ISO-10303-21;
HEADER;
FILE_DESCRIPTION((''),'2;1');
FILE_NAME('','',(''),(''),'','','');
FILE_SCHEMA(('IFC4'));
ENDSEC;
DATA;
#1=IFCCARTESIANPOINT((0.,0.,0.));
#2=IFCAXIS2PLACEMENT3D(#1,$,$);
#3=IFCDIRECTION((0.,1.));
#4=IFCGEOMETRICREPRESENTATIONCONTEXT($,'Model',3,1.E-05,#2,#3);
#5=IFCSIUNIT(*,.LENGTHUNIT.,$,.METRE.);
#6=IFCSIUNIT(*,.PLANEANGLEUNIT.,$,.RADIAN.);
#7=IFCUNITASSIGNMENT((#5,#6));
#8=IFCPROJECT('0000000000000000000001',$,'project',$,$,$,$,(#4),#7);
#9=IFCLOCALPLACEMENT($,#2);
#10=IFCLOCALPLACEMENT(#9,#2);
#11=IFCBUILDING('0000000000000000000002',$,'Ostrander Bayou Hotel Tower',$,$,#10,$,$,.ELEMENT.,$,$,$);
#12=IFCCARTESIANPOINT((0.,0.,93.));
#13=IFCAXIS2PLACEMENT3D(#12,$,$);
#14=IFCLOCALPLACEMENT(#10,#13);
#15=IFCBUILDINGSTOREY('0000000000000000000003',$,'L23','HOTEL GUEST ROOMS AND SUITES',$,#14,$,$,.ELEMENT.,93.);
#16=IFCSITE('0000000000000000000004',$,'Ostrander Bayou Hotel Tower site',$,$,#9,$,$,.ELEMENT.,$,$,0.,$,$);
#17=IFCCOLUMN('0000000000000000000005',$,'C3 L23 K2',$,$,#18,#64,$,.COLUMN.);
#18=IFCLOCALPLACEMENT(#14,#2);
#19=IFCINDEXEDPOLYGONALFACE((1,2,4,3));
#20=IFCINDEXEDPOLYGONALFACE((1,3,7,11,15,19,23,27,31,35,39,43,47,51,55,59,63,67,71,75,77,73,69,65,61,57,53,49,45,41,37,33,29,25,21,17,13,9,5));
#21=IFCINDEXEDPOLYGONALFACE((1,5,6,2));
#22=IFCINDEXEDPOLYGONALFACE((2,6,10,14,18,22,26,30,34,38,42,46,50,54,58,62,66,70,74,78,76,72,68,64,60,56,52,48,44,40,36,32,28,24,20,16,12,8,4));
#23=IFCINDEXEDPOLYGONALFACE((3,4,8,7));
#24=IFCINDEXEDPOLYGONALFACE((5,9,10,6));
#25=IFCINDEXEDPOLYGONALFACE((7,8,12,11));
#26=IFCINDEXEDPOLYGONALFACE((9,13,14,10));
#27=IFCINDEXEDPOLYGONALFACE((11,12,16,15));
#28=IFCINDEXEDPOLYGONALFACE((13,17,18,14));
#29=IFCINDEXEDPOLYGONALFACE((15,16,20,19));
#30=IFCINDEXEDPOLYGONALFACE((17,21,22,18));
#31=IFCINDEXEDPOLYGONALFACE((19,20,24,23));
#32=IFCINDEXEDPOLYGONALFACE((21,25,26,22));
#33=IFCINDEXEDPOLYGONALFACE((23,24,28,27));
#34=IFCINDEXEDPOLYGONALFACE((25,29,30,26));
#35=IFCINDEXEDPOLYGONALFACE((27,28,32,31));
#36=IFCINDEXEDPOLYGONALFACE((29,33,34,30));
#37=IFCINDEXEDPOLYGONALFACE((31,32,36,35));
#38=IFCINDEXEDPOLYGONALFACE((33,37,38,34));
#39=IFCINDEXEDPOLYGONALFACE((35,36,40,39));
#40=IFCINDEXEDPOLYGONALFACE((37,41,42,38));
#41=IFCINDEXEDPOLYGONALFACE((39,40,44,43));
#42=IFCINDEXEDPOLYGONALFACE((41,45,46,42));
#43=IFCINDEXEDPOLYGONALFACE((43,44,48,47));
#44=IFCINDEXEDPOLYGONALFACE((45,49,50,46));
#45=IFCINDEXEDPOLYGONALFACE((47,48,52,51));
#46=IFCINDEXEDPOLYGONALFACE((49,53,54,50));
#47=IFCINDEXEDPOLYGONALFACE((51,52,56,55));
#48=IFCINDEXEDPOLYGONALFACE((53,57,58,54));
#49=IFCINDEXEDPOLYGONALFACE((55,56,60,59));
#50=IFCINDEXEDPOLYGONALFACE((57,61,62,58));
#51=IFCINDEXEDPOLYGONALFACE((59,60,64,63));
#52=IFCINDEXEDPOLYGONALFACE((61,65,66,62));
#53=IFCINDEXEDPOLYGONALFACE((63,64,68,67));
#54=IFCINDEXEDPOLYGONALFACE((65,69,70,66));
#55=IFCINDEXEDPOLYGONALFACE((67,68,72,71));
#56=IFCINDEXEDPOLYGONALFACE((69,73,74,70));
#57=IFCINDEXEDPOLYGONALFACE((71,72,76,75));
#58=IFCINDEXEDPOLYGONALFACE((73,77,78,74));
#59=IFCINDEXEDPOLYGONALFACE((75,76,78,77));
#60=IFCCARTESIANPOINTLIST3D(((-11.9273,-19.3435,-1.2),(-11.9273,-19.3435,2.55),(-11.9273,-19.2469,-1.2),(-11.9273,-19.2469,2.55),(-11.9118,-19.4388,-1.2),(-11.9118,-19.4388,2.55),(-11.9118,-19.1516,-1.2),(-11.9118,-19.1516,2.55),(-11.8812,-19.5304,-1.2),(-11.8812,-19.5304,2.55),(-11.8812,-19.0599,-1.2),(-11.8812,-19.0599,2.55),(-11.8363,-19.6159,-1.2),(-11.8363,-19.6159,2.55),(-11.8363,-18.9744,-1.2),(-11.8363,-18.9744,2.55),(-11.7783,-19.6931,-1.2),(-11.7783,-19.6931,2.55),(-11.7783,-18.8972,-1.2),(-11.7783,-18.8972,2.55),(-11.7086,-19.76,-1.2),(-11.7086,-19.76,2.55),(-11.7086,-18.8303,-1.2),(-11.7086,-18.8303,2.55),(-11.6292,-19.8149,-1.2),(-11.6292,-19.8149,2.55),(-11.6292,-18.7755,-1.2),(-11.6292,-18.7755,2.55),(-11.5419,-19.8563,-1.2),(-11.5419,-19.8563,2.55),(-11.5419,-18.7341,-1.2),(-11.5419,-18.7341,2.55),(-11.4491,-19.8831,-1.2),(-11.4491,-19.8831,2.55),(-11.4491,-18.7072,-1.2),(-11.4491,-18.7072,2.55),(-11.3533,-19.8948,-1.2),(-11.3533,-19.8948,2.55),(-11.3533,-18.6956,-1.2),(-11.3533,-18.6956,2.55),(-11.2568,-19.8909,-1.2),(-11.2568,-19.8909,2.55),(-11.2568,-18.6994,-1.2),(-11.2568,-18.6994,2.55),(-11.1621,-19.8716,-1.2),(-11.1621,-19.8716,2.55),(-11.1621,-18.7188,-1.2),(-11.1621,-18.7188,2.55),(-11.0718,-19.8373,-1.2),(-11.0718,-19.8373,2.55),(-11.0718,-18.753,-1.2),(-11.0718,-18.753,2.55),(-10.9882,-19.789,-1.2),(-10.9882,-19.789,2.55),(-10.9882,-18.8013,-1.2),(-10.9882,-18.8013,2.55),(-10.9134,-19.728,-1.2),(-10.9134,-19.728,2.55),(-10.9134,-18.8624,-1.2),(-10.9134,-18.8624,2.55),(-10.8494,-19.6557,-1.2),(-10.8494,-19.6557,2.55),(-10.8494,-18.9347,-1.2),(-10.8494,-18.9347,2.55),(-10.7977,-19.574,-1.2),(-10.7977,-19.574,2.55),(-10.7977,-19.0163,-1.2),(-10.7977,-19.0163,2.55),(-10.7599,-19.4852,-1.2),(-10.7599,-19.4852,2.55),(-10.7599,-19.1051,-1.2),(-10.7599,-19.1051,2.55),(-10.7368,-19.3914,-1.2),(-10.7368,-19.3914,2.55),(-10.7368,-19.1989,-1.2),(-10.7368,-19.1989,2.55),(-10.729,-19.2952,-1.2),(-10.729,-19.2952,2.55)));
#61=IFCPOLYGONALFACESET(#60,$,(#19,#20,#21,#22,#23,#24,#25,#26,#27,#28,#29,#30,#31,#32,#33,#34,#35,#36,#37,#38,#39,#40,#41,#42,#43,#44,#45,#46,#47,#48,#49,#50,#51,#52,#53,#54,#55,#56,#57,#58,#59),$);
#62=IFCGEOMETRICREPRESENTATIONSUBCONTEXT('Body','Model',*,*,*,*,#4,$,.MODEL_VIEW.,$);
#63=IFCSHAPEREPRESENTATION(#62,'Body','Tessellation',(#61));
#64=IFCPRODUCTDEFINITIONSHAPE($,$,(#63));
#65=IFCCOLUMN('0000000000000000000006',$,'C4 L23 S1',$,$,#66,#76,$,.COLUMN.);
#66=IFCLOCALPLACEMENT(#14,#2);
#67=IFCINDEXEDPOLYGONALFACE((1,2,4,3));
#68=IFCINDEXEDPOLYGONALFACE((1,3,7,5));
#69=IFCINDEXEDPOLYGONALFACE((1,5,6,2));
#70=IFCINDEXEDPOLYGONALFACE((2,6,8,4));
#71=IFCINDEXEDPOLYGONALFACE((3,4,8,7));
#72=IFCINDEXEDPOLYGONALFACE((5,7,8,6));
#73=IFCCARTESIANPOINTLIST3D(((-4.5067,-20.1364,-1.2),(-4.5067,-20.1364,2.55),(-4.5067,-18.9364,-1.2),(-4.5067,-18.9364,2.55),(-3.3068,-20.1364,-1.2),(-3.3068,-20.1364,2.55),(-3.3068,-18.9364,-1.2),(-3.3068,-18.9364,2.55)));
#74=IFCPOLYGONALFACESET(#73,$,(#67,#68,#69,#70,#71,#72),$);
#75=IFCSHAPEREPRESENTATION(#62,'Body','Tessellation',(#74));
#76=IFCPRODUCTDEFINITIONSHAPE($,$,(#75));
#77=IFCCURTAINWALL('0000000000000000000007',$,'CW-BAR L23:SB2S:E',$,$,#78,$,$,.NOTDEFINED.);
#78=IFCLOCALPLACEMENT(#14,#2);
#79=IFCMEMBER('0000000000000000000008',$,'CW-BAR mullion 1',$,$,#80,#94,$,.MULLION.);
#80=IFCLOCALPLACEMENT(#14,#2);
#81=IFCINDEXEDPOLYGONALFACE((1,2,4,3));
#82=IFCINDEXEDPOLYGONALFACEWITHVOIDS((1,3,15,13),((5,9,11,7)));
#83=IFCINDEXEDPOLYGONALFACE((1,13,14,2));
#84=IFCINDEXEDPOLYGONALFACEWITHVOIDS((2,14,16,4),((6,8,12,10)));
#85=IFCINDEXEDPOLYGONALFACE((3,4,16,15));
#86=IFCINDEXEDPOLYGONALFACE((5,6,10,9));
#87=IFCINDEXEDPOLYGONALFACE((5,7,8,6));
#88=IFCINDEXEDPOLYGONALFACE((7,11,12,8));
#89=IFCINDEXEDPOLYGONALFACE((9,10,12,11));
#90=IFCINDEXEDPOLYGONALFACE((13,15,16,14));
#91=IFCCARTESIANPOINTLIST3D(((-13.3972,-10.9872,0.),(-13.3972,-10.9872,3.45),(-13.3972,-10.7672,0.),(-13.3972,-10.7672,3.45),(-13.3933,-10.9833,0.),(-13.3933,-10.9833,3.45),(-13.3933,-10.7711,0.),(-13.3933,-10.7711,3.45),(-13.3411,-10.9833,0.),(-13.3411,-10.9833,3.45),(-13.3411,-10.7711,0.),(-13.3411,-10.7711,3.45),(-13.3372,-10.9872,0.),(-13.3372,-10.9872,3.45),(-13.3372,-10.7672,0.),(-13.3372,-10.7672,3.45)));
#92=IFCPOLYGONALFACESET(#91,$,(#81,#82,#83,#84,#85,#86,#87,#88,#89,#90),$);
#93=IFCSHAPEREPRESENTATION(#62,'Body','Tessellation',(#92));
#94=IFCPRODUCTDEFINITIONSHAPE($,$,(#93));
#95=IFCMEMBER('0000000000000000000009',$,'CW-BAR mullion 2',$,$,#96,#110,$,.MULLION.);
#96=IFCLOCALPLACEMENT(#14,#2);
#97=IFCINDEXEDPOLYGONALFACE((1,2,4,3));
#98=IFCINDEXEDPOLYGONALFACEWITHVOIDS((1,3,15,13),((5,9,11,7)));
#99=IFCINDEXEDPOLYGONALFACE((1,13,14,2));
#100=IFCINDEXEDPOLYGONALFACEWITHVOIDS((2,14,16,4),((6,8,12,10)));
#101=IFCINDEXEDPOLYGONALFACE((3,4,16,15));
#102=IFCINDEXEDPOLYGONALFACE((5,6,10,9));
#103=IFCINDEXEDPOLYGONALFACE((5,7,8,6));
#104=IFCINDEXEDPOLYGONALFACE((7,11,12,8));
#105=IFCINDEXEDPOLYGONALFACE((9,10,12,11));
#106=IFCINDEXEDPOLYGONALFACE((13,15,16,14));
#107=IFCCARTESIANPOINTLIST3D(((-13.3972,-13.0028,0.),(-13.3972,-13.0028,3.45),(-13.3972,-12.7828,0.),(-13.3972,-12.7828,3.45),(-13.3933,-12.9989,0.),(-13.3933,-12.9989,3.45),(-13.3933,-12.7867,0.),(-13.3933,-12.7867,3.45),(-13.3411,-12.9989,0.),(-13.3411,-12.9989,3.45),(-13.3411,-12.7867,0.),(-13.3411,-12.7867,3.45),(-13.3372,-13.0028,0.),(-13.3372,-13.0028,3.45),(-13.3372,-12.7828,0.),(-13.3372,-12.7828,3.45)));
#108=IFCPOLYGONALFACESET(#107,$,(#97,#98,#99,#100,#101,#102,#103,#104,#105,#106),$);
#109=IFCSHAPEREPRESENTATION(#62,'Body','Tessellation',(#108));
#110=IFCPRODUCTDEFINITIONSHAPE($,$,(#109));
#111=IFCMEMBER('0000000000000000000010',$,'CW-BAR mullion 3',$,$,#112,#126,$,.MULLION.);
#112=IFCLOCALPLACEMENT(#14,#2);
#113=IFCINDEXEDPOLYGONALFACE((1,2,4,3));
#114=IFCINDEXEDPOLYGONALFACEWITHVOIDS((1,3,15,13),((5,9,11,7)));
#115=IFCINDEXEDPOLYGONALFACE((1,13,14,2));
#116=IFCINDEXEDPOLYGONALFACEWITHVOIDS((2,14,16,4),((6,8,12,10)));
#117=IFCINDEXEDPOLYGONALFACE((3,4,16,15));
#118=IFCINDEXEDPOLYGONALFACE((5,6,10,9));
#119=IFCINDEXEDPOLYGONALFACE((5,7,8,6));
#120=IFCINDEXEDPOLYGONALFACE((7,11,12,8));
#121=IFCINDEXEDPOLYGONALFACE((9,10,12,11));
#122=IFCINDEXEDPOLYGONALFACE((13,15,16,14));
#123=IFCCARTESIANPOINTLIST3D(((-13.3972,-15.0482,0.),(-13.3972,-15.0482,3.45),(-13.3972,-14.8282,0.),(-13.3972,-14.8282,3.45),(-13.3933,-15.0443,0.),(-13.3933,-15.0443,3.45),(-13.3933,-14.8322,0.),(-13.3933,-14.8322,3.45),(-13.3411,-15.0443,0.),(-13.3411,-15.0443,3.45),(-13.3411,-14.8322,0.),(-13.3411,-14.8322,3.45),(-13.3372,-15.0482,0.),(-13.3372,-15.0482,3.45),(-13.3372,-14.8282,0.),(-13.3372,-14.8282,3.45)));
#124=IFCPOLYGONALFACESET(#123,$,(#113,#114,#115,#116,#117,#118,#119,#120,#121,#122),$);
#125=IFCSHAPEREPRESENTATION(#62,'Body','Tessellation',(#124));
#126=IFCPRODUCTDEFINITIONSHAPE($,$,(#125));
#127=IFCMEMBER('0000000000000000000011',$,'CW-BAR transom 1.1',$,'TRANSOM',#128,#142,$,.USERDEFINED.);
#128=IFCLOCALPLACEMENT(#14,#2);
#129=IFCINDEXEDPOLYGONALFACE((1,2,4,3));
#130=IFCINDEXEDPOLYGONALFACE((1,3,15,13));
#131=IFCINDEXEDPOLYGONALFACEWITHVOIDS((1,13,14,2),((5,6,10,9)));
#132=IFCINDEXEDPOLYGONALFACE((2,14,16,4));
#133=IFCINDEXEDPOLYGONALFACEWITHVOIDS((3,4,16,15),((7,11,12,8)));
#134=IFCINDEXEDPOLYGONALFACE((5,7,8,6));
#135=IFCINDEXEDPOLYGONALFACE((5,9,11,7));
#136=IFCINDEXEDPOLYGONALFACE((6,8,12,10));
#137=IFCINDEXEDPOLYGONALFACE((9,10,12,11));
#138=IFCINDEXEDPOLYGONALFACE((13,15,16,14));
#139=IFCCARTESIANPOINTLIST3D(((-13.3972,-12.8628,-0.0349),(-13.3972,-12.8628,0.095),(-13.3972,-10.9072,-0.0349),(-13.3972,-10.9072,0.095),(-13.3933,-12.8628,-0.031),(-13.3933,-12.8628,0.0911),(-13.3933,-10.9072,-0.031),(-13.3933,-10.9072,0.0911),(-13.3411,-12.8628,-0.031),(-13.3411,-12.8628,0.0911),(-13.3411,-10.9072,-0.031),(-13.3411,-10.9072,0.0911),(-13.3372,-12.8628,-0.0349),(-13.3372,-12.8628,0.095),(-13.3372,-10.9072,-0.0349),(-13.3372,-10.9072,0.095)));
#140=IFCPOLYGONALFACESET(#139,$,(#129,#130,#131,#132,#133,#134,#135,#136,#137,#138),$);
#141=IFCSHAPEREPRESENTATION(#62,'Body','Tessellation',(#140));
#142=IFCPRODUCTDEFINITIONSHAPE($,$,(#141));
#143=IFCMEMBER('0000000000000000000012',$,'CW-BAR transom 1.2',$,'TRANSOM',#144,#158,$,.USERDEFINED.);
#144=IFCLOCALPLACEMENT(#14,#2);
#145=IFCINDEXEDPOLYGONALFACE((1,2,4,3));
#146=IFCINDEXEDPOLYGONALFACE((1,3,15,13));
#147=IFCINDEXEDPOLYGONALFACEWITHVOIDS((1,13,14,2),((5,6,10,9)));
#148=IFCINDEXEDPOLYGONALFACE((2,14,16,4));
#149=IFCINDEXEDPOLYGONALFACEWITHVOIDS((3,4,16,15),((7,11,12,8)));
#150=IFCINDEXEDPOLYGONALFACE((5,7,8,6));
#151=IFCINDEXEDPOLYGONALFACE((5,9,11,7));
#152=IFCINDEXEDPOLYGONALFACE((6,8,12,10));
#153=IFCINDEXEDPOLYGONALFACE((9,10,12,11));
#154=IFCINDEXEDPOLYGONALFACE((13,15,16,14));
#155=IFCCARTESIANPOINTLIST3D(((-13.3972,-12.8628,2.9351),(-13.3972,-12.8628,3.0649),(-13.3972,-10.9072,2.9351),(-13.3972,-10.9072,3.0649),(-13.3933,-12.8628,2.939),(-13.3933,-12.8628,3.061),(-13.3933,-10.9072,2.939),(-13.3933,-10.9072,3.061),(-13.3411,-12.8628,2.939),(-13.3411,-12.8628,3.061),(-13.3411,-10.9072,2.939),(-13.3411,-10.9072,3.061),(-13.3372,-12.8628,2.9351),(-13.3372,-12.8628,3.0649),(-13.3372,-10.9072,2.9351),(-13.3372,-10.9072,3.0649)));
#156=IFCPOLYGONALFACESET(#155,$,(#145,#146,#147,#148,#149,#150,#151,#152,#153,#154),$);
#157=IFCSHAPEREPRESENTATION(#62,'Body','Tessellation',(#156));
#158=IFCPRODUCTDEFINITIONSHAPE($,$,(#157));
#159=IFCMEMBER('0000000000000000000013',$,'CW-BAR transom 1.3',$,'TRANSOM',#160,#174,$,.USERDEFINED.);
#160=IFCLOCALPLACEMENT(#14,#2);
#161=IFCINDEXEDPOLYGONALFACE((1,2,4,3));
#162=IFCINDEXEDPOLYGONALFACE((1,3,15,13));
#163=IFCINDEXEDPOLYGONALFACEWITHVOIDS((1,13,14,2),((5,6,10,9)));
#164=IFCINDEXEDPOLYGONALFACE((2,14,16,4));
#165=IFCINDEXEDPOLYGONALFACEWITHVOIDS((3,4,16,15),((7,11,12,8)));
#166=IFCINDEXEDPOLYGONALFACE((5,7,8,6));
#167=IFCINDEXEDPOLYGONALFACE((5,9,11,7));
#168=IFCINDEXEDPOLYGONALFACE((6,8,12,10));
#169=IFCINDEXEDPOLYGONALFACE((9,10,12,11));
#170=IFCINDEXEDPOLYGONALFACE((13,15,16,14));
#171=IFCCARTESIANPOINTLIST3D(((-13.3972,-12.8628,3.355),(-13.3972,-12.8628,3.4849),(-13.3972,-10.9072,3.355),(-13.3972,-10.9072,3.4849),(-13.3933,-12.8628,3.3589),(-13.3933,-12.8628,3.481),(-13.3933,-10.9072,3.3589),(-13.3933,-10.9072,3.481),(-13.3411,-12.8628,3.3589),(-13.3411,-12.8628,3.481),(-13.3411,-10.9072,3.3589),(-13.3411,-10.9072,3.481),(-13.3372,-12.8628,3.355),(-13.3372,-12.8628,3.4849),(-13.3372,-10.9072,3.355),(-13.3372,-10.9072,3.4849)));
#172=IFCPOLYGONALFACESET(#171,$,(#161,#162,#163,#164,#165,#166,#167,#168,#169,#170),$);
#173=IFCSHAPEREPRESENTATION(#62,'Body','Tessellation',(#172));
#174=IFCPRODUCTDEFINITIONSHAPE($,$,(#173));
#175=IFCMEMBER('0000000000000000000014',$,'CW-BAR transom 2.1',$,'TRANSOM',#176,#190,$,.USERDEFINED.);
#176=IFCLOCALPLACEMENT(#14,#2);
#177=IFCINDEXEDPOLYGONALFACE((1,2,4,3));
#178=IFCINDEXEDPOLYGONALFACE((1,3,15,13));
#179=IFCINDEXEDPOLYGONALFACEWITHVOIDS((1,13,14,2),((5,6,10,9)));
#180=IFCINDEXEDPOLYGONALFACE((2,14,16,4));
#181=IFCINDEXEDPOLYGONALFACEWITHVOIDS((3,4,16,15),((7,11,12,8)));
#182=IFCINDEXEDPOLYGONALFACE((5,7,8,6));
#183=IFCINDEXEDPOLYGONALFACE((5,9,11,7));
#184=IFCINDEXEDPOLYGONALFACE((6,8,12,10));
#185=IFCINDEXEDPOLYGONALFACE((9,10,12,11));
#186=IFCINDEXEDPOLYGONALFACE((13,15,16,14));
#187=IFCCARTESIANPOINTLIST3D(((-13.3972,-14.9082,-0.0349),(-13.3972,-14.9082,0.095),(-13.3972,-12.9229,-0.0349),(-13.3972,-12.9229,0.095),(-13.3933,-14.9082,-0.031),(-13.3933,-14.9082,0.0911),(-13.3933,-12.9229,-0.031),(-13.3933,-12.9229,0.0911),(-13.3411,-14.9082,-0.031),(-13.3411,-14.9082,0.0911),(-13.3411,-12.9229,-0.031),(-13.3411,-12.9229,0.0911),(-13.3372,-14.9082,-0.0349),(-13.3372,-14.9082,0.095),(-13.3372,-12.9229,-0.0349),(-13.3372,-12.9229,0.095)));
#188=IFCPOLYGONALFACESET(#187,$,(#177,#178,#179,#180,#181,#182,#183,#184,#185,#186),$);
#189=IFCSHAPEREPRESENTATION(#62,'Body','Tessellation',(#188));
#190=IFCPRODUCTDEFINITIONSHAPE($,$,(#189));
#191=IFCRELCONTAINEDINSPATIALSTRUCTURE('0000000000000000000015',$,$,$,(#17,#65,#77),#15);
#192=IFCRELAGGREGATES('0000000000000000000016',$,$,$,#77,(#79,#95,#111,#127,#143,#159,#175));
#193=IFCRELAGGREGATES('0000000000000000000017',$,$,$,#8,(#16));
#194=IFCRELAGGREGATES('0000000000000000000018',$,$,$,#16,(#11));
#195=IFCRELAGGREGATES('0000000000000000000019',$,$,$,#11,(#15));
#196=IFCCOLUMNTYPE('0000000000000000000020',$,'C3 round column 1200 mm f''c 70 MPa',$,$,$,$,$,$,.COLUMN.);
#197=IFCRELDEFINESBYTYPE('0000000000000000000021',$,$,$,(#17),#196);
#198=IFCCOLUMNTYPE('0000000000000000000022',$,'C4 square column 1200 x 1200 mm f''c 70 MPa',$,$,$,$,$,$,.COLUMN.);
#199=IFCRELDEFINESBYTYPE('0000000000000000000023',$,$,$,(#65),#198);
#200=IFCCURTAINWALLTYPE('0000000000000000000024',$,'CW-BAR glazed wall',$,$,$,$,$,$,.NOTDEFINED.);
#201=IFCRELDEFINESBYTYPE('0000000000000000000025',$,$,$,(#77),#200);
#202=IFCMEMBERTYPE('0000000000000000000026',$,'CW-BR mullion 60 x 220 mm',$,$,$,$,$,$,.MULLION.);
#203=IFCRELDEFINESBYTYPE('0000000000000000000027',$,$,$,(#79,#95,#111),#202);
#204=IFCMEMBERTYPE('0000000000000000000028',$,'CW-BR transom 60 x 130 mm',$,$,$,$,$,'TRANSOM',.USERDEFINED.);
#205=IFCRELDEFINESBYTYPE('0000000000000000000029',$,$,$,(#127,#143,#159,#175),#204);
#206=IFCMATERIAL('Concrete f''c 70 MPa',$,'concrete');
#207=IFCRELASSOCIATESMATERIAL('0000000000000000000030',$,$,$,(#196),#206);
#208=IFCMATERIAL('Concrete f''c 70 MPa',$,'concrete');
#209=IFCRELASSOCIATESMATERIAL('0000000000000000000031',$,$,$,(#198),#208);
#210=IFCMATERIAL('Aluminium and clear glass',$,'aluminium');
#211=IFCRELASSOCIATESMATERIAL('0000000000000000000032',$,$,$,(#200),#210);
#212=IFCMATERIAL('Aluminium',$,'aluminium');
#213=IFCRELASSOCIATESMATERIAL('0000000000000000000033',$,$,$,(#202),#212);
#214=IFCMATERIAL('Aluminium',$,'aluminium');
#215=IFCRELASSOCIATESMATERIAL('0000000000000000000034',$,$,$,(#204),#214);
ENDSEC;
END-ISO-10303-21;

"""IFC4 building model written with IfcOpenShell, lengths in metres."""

from ifc_helpers import new_model, si_unit, direction, frame, origin, origin_2d, place, context, subcontext, project, spatial, rectangle, hollow_rectangle, circle, extrude, material, material_profile, profile_set, type_object, element, aggregate, save


model = new_model("IFC4")

# Units and contexts
model_context = context("Model", 3, precision=1e-05, world=origin(), true_north=direction((0.0, 1.0)))
body_context = subcontext(model_context, "Body", "Model", "MODEL_VIEW")
ifc_project = project(units=[si_unit("LENGTHUNIT", "METRE"), si_unit("PLANEANGLEUNIT", "RADIAN")], contexts=[model_context])

# Site, building, storey
site_placement = place(None, origin())
site = spatial("IfcSite", under=ifc_project, at=site_placement, Name="Ostrander Bayou Hotel Tower site", CompositionType="ELEMENT", RefElevation=0.0)
building_placement = place(site_placement, origin())
building = spatial("IfcBuilding", under=site, at=building_placement, Name="Ostrander Bayou Hotel Tower", CompositionType="ELEMENT")
storey_placement = place(building_placement, frame((0.0, 0.0, 93.0)))
storey = spatial("IfcBuildingStorey", under=building, at=storey_placement, Name="L23", Description="HOTEL GUEST ROOMS AND SUITES", CompositionType="ELEMENT", Elevation=93.0)

# Columns
ifc_material_1 = material(Name="Concrete f'c 70 MPa", Category="concrete")
ifc_material_profile_1 = material_profile(ifc_material_1, circle(Radius=0.6001, at=origin_2d()))
ifc_profile_set_1 = profile_set([ifc_material_profile_1], Name="Concrete f'c 70 MPa")
column_type_1 = type_object("IfcColumnType", Name="C3 round column 1200 mm f'c 70 MPa", PredefinedType="COLUMN", material=ifc_profile_set_1)
column_1_placement = place(storey_placement, frame((-11.3291, -19.2952, -1.2), z_axis=(0.0, 0.0, 1.0), x_axis=(1.0, 0.0, 0.0)))
element("IfcColumn", 1, at=column_1_placement, inside=storey, type_object=column_type_1, Name="C3 L23 K2", PredefinedType="COLUMN", context=body_context, shape_type="SweptSolid", body=[
    extrude(circle(Radius=0.6001, at=origin_2d()), origin(), (0.0, 0.0, 1.0), 3.75),
])
ifc_material_2 = material(Name="Concrete f'c 70 MPa", Category="concrete")
ifc_material_profile_2 = material_profile(ifc_material_2, rectangle(XDim=1.2, YDim=1.2, at=origin_2d()))
ifc_profile_set_2 = profile_set([ifc_material_profile_2], Name="Concrete f'c 70 MPa")
column_type_2 = type_object("IfcColumnType", Name="C4 square column 1200 x 1200 mm f'c 70 MPa", PredefinedType="COLUMN", material=ifc_profile_set_2)
column_2_placement = place(storey_placement, frame((-3.9067, -19.5364, -1.2), z_axis=(0.0, 0.0, 1.0), x_axis=(-1.0, 0.0, 0.0)))
element("IfcColumn", 2, at=column_2_placement, inside=storey, type_object=column_type_2, Name="C4 L23 S1", PredefinedType="COLUMN", context=body_context, shape_type="SweptSolid", body=[
    extrude(rectangle(XDim=1.2, YDim=1.2, at=origin_2d()), origin(), (0.0, 0.0, 1.0), 3.75),
])

# Curtain wall, members
ifc_material_3 = material(Name="Aluminium and clear glass", Category="aluminium")
curtain_wall_type = type_object("IfcCurtainWallType", Name="CW-BAR glazed wall", PredefinedType="NOTDEFINED", material=ifc_material_3)
curtain_wall_placement = place(storey_placement, origin())
curtain_wall = element("IfcCurtainWall", 3, at=curtain_wall_placement, inside=storey, type_object=curtain_wall_type, Name="CW-BAR L23:SB2S:E", PredefinedType="NOTDEFINED")
ifc_material_4 = material(Name="Aluminium", Category="aluminium")
ifc_material_profile_3 = material_profile(ifc_material_4, hollow_rectangle(XDim=0.0601, YDim=0.22, WallThickness=0.0039, at=origin_2d()))
ifc_profile_set_3 = profile_set([ifc_material_profile_3], Name="Aluminium")
member_type_1 = type_object("IfcMemberType", Name="CW-BR mullion 60 x 220 mm", PredefinedType="MULLION", material=ifc_profile_set_3)
member_1_placement = place(storey_placement, frame((-13.3672, -10.8772, 0.0), z_axis=(0.0, 0.0, 1.0), x_axis=(1.0, 0.0, 0.0)))
member_1 = element("IfcMember", 4, at=member_1_placement, type_object=member_type_1, Name="CW-BAR mullion 1", PredefinedType="MULLION", context=body_context, shape_type="SweptSolid", body=[
    extrude(hollow_rectangle(XDim=0.0601, YDim=0.22, WallThickness=0.0039, at=origin_2d()), origin(), (0.0, 0.0, 1.0), 3.45),
])
member_2_placement = place(storey_placement, frame((-13.3672, -12.8928, 0.0), z_axis=(0.0, 0.0, 1.0), x_axis=(1.0, 0.0, 0.0)))
member_2 = element("IfcMember", 5, at=member_2_placement, type_object=member_type_1, Name="CW-BAR mullion 2", PredefinedType="MULLION", context=body_context, shape_type="SweptSolid", body=[
    extrude(hollow_rectangle(XDim=0.0601, YDim=0.22, WallThickness=0.0039, at=origin_2d()), origin(), (0.0, 0.0, 1.0), 3.45),
])
member_3_placement = place(storey_placement, frame((-13.3672, -14.9382, 0.0), z_axis=(0.0, 0.0, 1.0), x_axis=(1.0, 0.0, 0.0)))
member_3 = element("IfcMember", 6, at=member_3_placement, type_object=member_type_1, Name="CW-BAR mullion 3", PredefinedType="MULLION", context=body_context, shape_type="SweptSolid", body=[
    extrude(hollow_rectangle(XDim=0.0601, YDim=0.22, WallThickness=0.0039, at=origin_2d()), origin(), (0.0, 0.0, 1.0), 3.45),
])
ifc_material_5 = material(Name="Aluminium", Category="aluminium")
ifc_material_profile_4 = material_profile(ifc_material_5, hollow_rectangle(XDim=0.0601, YDim=0.1299, WallThickness=0.0039, at=origin_2d()))
ifc_profile_set_4 = profile_set([ifc_material_profile_4], Name="Aluminium")
member_type_2 = type_object("IfcMemberType", Name="CW-BR transom 60 x 130 mm", ElementType="TRANSOM", PredefinedType="USERDEFINED", material=ifc_profile_set_4)
member_4_placement = place(storey_placement, frame((-13.3672, -10.9072, 0.03), z_axis=(0.0, -1.0, 0.0), x_axis=(1.0, 0.0, 0.0)))
member_4 = element("IfcMember", 7, at=member_4_placement, type_object=member_type_2, Name="CW-BAR transom 1.1", ObjectType="TRANSOM", PredefinedType="USERDEFINED", context=body_context, shape_type="SweptSolid", body=[
    extrude(hollow_rectangle(XDim=0.0601, YDim=0.1299, WallThickness=0.0039, at=origin_2d()), origin(), (0.0, 0.0, 1.0), 1.9556),
])
member_5_placement = place(storey_placement, frame((-13.3672, -10.9072, 3.0), z_axis=(0.0, -1.0, 0.0), x_axis=(1.0, 0.0, 0.0)))
member_5 = element("IfcMember", 8, at=member_5_placement, type_object=member_type_2, Name="CW-BAR transom 1.2", ObjectType="TRANSOM", PredefinedType="USERDEFINED", context=body_context, shape_type="SweptSolid", body=[
    extrude(hollow_rectangle(XDim=0.0601, YDim=0.1299, WallThickness=0.0039, at=origin_2d()), origin(), (0.0, 0.0, 1.0), 1.9556),
])
member_6_placement = place(storey_placement, frame((-13.3672, -10.9072, 3.4199), z_axis=(0.0, -1.0, 0.0), x_axis=(1.0, 0.0, 0.0)))
member_6 = element("IfcMember", 9, at=member_6_placement, type_object=member_type_2, Name="CW-BAR transom 1.3", ObjectType="TRANSOM", PredefinedType="USERDEFINED", context=body_context, shape_type="SweptSolid", body=[
    extrude(hollow_rectangle(XDim=0.0601, YDim=0.1299, WallThickness=0.0039, at=origin_2d()), origin(), (0.0, 0.0, 1.0), 1.9556),
])
member_7_placement = place(storey_placement, frame((-13.3672, -12.9229, 0.03), z_axis=(0.0, -1.0, 0.0), x_axis=(1.0, 0.0, 0.0)))
member_7 = element("IfcMember", 10, at=member_7_placement, type_object=member_type_2, Name="CW-BAR transom 2.1", ObjectType="TRANSOM", PredefinedType="USERDEFINED", context=body_context, shape_type="SweptSolid", body=[
    extrude(hollow_rectangle(XDim=0.0601, YDim=0.1299, WallThickness=0.0039, at=origin_2d()), origin(), (0.0, 0.0, 1.0), 1.9854),
])
aggregate(curtain_wall, [member_1, member_2, member_3, member_4, member_5, member_6, member_7])

save(model, "model.ifc")
